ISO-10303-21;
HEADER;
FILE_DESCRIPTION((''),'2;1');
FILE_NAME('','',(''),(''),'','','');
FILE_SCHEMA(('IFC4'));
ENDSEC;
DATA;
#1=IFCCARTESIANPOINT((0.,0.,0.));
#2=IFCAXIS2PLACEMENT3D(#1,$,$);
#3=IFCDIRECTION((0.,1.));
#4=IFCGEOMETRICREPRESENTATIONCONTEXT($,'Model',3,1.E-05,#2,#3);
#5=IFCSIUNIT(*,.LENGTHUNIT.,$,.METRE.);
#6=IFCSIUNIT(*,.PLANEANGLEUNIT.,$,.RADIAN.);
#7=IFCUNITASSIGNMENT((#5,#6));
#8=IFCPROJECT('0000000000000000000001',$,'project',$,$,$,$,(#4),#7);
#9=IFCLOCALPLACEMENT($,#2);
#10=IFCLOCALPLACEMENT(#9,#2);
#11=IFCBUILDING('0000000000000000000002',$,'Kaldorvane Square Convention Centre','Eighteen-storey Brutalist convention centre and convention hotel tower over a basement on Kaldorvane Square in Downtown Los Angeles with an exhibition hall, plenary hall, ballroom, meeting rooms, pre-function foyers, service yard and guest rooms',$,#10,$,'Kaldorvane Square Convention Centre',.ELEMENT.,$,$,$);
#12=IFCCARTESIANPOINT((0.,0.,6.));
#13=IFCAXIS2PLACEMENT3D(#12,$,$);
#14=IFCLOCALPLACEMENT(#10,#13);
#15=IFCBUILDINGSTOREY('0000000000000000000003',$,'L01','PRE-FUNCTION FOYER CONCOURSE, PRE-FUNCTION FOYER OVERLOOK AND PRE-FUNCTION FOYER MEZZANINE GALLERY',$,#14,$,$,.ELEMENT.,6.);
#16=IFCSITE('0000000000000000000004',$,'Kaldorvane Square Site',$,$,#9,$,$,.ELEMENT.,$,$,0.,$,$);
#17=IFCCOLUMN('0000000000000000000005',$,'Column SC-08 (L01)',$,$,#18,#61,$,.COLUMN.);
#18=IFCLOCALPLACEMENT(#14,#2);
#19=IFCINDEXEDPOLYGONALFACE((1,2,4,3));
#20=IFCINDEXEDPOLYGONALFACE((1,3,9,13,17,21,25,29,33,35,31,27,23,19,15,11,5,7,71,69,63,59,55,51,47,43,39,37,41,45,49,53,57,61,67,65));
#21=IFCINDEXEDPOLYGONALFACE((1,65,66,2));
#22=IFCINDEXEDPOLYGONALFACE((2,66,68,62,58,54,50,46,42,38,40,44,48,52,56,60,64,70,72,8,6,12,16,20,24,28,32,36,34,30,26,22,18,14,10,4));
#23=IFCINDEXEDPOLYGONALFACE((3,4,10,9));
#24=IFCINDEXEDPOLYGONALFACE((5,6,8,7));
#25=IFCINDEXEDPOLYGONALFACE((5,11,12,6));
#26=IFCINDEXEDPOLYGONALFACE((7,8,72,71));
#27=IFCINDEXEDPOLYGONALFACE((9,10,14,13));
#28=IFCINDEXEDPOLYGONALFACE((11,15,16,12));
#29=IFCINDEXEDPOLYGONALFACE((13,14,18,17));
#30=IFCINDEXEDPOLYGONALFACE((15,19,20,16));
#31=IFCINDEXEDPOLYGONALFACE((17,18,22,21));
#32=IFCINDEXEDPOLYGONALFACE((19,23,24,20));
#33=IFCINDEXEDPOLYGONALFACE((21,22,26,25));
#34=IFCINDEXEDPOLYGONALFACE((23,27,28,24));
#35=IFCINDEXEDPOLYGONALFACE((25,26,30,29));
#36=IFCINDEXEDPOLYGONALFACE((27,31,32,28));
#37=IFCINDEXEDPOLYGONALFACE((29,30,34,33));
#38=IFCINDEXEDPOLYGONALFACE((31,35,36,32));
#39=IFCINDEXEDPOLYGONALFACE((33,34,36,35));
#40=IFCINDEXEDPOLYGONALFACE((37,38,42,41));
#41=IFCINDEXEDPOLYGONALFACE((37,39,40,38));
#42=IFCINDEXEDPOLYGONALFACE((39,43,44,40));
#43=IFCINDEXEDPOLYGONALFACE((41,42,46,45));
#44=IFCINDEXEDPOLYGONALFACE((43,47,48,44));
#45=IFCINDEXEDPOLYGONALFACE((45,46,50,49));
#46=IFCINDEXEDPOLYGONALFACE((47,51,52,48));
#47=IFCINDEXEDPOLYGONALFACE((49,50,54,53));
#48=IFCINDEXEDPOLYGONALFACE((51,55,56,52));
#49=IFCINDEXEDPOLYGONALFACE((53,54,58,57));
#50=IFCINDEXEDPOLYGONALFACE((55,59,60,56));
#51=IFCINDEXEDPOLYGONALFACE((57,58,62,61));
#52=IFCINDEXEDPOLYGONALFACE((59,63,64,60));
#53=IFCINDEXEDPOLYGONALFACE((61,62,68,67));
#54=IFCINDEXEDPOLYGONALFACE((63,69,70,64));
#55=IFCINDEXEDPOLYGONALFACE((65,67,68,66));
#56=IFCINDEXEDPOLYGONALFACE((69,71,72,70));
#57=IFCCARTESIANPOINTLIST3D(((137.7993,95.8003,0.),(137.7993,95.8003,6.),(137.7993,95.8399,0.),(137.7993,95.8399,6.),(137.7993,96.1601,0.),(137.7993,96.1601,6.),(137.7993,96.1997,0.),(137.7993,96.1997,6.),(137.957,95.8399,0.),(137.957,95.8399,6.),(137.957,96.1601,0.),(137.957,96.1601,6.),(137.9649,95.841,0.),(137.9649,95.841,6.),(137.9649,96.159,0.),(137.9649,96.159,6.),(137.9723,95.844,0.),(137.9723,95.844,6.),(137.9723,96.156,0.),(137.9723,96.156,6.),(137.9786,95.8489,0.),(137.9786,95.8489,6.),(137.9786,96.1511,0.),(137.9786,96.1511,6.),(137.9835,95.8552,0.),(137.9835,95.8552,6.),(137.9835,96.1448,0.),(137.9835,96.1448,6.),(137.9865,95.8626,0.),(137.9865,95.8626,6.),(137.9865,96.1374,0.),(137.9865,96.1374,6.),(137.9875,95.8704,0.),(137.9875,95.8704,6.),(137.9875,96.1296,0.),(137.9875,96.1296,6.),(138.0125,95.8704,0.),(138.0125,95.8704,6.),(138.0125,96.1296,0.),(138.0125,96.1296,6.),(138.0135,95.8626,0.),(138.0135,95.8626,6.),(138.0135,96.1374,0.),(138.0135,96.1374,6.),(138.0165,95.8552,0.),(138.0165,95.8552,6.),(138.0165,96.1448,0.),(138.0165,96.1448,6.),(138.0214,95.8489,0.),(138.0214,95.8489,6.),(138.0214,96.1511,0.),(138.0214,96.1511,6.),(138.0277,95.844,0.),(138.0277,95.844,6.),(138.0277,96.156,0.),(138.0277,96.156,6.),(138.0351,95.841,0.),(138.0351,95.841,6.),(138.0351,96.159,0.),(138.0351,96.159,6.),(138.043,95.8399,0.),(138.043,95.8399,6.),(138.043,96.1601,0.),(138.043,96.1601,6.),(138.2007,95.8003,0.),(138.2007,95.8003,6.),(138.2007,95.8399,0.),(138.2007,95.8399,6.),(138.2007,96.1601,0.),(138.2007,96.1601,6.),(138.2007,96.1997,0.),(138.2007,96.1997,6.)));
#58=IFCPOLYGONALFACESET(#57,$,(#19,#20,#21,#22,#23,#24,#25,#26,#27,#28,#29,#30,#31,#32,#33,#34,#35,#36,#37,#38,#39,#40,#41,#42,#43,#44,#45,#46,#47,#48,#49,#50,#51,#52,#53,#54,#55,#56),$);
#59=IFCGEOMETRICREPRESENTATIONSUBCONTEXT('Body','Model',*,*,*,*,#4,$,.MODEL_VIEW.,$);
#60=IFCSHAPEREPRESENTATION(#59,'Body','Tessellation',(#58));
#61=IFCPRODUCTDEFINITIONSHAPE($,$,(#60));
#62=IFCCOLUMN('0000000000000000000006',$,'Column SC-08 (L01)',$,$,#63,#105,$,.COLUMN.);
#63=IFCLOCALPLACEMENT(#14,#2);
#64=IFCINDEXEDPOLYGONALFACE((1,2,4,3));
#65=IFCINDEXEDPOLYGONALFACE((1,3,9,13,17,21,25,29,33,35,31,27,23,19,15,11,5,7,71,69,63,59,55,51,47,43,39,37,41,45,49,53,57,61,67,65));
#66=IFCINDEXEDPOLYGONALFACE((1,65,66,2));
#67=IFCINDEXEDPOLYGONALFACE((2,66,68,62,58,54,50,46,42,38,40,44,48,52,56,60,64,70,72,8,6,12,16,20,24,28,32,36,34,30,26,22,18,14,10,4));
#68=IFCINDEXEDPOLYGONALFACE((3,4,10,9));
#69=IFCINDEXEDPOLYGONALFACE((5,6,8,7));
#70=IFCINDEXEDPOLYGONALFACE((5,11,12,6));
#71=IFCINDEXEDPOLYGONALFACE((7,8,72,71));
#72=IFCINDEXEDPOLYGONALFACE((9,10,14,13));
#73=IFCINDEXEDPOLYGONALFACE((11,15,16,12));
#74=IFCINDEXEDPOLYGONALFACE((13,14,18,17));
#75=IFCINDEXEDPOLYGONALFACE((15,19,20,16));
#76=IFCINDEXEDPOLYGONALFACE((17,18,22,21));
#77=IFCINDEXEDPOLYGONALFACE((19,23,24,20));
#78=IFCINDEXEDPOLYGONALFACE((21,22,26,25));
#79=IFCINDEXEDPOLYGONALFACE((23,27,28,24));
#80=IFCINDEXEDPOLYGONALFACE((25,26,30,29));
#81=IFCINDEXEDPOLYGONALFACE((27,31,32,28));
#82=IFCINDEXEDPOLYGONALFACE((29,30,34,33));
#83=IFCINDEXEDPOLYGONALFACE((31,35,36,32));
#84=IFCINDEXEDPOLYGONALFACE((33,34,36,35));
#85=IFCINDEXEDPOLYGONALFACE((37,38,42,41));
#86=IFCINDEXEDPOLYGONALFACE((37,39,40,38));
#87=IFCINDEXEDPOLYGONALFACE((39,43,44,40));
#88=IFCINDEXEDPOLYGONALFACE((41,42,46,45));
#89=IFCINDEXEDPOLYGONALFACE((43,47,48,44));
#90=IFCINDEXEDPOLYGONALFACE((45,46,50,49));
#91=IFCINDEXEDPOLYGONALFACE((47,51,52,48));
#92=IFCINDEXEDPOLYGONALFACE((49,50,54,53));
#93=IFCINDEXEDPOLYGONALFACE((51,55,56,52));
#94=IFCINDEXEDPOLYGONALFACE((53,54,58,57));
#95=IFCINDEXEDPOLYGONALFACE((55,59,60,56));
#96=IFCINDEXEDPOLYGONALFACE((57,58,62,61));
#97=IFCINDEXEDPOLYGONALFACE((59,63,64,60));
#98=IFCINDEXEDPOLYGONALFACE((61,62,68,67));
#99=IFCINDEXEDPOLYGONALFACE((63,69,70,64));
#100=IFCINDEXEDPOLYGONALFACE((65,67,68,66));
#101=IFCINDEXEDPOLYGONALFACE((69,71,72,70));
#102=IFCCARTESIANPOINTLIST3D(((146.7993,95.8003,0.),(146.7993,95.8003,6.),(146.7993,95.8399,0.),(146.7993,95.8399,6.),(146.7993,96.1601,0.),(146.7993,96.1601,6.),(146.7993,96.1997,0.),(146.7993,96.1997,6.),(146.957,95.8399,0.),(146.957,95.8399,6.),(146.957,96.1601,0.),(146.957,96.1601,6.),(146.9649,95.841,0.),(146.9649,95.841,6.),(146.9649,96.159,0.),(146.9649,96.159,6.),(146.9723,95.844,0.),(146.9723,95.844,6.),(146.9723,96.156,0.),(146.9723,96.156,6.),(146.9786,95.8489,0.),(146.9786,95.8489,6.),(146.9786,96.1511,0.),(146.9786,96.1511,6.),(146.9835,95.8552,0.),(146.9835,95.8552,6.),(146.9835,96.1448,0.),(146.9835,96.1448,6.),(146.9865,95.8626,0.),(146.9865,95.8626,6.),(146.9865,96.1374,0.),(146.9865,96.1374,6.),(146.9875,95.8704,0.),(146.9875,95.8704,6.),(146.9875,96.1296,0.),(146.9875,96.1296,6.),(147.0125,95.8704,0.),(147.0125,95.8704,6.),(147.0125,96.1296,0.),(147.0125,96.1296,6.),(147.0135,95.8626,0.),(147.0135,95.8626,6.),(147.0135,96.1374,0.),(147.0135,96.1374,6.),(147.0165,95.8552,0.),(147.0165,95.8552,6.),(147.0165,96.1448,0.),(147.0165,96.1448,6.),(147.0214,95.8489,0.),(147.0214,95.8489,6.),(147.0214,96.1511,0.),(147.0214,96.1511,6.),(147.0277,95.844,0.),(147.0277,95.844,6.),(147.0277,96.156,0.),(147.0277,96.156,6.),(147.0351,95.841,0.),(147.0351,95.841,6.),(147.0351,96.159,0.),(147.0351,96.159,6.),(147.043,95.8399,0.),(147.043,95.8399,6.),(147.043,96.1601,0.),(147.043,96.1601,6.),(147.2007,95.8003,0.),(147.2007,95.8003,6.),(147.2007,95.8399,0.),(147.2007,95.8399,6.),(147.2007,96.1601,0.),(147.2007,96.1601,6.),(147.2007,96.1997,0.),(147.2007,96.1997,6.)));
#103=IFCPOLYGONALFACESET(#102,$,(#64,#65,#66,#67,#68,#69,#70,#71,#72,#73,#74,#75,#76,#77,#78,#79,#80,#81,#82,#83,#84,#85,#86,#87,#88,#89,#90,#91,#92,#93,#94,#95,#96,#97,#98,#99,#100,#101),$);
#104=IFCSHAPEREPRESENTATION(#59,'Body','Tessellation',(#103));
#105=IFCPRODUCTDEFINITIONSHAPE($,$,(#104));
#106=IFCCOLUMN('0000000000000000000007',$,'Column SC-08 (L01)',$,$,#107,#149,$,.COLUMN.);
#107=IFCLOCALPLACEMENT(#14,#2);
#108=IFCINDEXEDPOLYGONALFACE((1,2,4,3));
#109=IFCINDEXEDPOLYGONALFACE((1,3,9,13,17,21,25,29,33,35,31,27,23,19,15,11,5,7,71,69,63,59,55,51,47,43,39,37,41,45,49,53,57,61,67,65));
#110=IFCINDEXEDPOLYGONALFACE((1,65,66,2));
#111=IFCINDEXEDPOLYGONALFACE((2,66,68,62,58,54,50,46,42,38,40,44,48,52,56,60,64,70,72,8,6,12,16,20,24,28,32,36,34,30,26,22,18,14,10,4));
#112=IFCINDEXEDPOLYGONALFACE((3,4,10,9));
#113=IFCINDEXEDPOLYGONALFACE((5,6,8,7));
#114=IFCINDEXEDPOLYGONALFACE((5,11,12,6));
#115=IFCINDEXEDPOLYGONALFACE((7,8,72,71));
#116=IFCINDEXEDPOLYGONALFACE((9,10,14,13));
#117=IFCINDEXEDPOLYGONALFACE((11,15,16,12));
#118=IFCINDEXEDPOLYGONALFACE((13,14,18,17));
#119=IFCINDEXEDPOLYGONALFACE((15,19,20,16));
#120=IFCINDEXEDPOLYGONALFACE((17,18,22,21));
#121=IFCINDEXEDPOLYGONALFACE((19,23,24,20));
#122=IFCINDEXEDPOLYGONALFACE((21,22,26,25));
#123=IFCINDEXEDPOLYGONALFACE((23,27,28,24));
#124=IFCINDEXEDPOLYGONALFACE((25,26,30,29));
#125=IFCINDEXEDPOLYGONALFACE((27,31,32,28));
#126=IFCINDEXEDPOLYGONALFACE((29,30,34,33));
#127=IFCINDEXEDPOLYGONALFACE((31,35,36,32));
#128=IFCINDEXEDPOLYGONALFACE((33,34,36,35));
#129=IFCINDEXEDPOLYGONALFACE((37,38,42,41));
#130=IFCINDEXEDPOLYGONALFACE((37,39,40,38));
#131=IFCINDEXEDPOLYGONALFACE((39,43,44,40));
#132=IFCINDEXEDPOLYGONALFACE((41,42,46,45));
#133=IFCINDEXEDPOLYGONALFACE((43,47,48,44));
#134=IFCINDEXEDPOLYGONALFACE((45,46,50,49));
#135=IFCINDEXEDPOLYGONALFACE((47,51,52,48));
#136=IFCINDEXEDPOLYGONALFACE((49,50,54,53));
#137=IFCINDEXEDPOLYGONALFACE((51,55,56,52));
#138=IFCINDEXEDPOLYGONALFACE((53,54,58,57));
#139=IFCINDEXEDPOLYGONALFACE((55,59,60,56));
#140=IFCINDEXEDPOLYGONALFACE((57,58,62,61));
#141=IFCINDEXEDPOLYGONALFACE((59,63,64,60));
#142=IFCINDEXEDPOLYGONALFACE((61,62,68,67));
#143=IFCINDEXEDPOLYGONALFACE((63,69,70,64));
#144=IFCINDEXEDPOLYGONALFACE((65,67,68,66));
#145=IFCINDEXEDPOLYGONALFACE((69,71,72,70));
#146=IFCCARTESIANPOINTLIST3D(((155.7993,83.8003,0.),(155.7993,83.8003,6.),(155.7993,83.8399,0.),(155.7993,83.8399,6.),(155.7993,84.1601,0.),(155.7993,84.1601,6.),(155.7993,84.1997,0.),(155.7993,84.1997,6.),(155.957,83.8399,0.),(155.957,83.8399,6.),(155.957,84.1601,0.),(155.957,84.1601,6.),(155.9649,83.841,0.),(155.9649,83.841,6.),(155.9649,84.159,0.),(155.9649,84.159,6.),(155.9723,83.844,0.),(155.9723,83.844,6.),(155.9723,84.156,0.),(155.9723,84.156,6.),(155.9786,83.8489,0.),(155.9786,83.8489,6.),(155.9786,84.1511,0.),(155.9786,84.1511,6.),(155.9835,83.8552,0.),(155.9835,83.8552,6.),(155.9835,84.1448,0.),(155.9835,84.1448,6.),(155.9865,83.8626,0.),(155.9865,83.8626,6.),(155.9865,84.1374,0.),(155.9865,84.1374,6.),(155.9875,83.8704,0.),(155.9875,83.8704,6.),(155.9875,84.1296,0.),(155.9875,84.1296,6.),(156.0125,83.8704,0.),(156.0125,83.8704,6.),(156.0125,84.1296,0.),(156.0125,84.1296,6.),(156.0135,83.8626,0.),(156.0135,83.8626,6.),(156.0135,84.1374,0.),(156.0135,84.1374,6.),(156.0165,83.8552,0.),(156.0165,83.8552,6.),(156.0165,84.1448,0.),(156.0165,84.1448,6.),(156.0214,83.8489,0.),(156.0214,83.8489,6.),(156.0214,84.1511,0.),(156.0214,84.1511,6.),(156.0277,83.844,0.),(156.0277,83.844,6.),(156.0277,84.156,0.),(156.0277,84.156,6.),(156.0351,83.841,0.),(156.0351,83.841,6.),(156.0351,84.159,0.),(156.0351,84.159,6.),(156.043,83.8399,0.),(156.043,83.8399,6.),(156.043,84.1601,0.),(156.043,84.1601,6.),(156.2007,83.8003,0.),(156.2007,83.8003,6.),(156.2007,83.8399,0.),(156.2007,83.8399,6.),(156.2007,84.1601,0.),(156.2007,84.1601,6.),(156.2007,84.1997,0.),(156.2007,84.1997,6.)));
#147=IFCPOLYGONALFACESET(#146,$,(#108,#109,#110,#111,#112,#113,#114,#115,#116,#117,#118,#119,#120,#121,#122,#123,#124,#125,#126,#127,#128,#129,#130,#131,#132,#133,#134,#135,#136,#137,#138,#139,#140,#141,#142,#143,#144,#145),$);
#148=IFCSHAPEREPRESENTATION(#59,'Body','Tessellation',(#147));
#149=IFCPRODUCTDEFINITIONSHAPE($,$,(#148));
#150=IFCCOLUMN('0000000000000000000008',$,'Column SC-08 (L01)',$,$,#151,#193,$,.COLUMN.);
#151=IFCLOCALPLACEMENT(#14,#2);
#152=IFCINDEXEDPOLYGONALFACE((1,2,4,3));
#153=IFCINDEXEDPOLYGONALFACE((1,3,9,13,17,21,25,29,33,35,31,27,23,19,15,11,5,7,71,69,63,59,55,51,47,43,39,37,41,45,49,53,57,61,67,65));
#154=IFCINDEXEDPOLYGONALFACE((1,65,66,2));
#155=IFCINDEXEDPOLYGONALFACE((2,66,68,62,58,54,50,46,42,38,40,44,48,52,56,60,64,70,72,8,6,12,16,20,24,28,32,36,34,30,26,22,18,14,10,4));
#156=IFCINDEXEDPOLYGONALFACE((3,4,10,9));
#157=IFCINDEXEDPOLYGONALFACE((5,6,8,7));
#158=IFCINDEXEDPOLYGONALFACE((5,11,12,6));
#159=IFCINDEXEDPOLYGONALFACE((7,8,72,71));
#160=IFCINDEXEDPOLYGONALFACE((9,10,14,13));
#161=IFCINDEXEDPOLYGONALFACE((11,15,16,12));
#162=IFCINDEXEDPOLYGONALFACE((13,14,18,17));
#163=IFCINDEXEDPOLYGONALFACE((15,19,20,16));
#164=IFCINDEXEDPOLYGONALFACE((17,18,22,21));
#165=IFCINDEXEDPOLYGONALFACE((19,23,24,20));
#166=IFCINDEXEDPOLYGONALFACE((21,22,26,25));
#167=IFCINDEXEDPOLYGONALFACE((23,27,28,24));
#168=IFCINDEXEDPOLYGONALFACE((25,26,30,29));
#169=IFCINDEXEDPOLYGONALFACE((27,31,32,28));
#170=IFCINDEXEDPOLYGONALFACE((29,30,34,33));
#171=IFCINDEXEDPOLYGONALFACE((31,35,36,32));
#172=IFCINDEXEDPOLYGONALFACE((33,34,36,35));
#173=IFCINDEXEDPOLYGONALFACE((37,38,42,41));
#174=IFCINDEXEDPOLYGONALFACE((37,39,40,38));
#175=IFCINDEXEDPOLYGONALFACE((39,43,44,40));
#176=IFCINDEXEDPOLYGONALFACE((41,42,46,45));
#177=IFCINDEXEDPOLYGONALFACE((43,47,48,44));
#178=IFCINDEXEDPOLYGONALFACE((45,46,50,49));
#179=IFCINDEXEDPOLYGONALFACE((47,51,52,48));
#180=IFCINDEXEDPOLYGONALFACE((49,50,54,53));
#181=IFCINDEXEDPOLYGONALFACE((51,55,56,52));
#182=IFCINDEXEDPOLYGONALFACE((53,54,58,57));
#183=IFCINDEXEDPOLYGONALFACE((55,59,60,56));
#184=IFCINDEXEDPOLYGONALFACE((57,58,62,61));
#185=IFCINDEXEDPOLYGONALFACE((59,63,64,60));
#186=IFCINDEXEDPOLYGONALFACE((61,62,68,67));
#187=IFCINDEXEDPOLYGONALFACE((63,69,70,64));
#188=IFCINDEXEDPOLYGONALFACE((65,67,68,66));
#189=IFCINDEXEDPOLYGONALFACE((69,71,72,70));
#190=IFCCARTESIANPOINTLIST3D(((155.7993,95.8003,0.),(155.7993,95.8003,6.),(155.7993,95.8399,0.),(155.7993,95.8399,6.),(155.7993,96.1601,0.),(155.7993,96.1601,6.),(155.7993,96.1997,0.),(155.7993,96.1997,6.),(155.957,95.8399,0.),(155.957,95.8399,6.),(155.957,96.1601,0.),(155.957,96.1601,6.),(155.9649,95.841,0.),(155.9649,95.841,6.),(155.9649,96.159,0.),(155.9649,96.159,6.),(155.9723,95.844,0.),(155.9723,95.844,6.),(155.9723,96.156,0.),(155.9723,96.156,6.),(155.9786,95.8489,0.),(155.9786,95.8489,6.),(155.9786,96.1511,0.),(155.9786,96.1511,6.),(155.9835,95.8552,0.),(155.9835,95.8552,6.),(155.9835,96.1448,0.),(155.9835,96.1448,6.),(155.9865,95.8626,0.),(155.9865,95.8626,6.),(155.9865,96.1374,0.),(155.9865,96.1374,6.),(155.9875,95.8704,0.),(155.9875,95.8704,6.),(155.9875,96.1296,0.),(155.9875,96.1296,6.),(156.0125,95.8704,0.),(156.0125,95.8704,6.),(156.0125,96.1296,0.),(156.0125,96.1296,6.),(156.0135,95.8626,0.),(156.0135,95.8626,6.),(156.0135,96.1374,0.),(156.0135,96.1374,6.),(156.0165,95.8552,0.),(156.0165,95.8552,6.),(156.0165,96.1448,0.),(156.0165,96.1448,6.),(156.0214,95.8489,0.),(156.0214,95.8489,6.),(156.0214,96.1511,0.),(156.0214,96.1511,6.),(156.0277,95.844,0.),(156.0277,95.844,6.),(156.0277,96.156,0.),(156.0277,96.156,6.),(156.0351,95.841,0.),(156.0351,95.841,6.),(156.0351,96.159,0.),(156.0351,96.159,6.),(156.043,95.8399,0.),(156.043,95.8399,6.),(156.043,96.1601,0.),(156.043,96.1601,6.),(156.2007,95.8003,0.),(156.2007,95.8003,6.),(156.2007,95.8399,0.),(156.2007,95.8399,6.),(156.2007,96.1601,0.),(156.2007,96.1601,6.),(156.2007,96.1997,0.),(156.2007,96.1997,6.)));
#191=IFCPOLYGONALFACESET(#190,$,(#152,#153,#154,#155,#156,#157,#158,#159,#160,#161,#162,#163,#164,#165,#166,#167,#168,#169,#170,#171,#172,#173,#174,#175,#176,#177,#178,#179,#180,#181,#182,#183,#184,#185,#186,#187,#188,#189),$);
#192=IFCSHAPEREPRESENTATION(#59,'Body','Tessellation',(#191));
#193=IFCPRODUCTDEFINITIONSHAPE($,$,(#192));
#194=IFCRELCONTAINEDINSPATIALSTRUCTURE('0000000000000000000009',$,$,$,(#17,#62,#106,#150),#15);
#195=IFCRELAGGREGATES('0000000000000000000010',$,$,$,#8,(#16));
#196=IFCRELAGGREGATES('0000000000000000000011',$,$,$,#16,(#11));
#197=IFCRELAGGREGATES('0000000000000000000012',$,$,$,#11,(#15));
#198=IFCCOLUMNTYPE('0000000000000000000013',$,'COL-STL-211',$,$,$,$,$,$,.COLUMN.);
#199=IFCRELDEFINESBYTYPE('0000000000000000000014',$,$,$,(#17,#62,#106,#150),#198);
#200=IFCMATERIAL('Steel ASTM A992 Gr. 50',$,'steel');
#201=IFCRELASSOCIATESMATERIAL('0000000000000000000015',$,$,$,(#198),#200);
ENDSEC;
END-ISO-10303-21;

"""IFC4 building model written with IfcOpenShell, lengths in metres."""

from ifc_helpers import new_model, si_unit, direction, frame, origin, origin_2d, place, context, subcontext, project, spatial, i_section, extrude, material, material_profile, profile_set, type_object, element, save


model = new_model("IFC4")

# Units and contexts
model_context = context("Model", 3, precision=1e-05, world=origin(), true_north=direction((0.0, 1.0)))
body_context = subcontext(model_context, "Body", "Model", "MODEL_VIEW")
ifc_project = project(units=[si_unit("LENGTHUNIT", "METRE"), si_unit("PLANEANGLEUNIT", "RADIAN")], contexts=[model_context])

# Site, building, storey
site_placement = place(None, origin())
site = spatial("IfcSite", under=ifc_project, at=site_placement, Name="Kaldorvane Square Site", CompositionType="ELEMENT", RefElevation=0.0)
building_placement = place(site_placement, origin())
building = spatial("IfcBuilding", under=site, at=building_placement, Name="Kaldorvane Square Convention Centre", Description="Eighteen-storey Brutalist convention centre and convention hotel tower over a basement on Kaldorvane Square in Downtown Los Angeles with an exhibition hall, plenary hall, ballroom, meeting rooms, pre-function foyers, service yard and guest rooms", LongName="Kaldorvane Square Convention Centre", CompositionType="ELEMENT")
storey_placement = place(building_placement, frame((0.0, 0.0, 6.0)))
storey = spatial("IfcBuildingStorey", under=building, at=storey_placement, Name="L01", Description="PRE-FUNCTION FOYER CONCOURSE, PRE-FUNCTION FOYER OVERLOOK AND PRE-FUNCTION FOYER MEZZANINE GALLERY", CompositionType="ELEMENT", Elevation=6.0)

# Columns
ifc_material_1 = material(Name="Steel ASTM A992 Gr. 50", Category="steel")
ifc_material_profile_1 = material_profile(ifc_material_1, i_section(OverallWidth=0.4013, OverallDepth=0.3993, WebThickness=0.0249, FlangeThickness=0.0396, FilletRadius=0.0305, at=origin_2d()), Name="W14X211")
ifc_profile_set_1 = profile_set([ifc_material_profile_1], Name="Steel ASTM A992 Gr. 50")
column_type = type_object("IfcColumnType", Name="COL-STL-211", PredefinedType="COLUMN", material=ifc_profile_set_1)
for number, where, z_axis, x_axis, name in (
    (1, (138.0, 96.0, 0.0), (0.0, 0.0, 1.0), (1.0, 0.0, 0.0), "Column SC-08 (L01)"),
    (2, (147.0, 96.0, 0.0), (0.0, 0.0, 1.0), (1.0, 0.0, 0.0), "Column SC-08 (L01)"),
    (3, (156.0, 84.0, 0.0), (0.0, 0.0, 1.0), (1.0, 0.0, 0.0), "Column SC-08 (L01)"),
    (4, (156.0, 96.0, 0.0), (0.0, 0.0, 1.0), (1.0, 0.0, 0.0), "Column SC-08 (L01)"),
):
    element("IfcColumn", number, at=place(storey_placement, frame(where, z_axis=z_axis, x_axis=x_axis)), inside=storey, type_object=column_type, Name=name, PredefinedType="COLUMN", context=body_context, shape_type="SweptSolid", body=[
        extrude(i_section(OverallWidth=0.4013, OverallDepth=0.3993, WebThickness=0.0249, FlangeThickness=0.0396, FilletRadius=0.0305, at=origin_2d()), origin(), (0.0, 0.0, 1.0), 6.0),
    ])

save(model, "model.ifc")
